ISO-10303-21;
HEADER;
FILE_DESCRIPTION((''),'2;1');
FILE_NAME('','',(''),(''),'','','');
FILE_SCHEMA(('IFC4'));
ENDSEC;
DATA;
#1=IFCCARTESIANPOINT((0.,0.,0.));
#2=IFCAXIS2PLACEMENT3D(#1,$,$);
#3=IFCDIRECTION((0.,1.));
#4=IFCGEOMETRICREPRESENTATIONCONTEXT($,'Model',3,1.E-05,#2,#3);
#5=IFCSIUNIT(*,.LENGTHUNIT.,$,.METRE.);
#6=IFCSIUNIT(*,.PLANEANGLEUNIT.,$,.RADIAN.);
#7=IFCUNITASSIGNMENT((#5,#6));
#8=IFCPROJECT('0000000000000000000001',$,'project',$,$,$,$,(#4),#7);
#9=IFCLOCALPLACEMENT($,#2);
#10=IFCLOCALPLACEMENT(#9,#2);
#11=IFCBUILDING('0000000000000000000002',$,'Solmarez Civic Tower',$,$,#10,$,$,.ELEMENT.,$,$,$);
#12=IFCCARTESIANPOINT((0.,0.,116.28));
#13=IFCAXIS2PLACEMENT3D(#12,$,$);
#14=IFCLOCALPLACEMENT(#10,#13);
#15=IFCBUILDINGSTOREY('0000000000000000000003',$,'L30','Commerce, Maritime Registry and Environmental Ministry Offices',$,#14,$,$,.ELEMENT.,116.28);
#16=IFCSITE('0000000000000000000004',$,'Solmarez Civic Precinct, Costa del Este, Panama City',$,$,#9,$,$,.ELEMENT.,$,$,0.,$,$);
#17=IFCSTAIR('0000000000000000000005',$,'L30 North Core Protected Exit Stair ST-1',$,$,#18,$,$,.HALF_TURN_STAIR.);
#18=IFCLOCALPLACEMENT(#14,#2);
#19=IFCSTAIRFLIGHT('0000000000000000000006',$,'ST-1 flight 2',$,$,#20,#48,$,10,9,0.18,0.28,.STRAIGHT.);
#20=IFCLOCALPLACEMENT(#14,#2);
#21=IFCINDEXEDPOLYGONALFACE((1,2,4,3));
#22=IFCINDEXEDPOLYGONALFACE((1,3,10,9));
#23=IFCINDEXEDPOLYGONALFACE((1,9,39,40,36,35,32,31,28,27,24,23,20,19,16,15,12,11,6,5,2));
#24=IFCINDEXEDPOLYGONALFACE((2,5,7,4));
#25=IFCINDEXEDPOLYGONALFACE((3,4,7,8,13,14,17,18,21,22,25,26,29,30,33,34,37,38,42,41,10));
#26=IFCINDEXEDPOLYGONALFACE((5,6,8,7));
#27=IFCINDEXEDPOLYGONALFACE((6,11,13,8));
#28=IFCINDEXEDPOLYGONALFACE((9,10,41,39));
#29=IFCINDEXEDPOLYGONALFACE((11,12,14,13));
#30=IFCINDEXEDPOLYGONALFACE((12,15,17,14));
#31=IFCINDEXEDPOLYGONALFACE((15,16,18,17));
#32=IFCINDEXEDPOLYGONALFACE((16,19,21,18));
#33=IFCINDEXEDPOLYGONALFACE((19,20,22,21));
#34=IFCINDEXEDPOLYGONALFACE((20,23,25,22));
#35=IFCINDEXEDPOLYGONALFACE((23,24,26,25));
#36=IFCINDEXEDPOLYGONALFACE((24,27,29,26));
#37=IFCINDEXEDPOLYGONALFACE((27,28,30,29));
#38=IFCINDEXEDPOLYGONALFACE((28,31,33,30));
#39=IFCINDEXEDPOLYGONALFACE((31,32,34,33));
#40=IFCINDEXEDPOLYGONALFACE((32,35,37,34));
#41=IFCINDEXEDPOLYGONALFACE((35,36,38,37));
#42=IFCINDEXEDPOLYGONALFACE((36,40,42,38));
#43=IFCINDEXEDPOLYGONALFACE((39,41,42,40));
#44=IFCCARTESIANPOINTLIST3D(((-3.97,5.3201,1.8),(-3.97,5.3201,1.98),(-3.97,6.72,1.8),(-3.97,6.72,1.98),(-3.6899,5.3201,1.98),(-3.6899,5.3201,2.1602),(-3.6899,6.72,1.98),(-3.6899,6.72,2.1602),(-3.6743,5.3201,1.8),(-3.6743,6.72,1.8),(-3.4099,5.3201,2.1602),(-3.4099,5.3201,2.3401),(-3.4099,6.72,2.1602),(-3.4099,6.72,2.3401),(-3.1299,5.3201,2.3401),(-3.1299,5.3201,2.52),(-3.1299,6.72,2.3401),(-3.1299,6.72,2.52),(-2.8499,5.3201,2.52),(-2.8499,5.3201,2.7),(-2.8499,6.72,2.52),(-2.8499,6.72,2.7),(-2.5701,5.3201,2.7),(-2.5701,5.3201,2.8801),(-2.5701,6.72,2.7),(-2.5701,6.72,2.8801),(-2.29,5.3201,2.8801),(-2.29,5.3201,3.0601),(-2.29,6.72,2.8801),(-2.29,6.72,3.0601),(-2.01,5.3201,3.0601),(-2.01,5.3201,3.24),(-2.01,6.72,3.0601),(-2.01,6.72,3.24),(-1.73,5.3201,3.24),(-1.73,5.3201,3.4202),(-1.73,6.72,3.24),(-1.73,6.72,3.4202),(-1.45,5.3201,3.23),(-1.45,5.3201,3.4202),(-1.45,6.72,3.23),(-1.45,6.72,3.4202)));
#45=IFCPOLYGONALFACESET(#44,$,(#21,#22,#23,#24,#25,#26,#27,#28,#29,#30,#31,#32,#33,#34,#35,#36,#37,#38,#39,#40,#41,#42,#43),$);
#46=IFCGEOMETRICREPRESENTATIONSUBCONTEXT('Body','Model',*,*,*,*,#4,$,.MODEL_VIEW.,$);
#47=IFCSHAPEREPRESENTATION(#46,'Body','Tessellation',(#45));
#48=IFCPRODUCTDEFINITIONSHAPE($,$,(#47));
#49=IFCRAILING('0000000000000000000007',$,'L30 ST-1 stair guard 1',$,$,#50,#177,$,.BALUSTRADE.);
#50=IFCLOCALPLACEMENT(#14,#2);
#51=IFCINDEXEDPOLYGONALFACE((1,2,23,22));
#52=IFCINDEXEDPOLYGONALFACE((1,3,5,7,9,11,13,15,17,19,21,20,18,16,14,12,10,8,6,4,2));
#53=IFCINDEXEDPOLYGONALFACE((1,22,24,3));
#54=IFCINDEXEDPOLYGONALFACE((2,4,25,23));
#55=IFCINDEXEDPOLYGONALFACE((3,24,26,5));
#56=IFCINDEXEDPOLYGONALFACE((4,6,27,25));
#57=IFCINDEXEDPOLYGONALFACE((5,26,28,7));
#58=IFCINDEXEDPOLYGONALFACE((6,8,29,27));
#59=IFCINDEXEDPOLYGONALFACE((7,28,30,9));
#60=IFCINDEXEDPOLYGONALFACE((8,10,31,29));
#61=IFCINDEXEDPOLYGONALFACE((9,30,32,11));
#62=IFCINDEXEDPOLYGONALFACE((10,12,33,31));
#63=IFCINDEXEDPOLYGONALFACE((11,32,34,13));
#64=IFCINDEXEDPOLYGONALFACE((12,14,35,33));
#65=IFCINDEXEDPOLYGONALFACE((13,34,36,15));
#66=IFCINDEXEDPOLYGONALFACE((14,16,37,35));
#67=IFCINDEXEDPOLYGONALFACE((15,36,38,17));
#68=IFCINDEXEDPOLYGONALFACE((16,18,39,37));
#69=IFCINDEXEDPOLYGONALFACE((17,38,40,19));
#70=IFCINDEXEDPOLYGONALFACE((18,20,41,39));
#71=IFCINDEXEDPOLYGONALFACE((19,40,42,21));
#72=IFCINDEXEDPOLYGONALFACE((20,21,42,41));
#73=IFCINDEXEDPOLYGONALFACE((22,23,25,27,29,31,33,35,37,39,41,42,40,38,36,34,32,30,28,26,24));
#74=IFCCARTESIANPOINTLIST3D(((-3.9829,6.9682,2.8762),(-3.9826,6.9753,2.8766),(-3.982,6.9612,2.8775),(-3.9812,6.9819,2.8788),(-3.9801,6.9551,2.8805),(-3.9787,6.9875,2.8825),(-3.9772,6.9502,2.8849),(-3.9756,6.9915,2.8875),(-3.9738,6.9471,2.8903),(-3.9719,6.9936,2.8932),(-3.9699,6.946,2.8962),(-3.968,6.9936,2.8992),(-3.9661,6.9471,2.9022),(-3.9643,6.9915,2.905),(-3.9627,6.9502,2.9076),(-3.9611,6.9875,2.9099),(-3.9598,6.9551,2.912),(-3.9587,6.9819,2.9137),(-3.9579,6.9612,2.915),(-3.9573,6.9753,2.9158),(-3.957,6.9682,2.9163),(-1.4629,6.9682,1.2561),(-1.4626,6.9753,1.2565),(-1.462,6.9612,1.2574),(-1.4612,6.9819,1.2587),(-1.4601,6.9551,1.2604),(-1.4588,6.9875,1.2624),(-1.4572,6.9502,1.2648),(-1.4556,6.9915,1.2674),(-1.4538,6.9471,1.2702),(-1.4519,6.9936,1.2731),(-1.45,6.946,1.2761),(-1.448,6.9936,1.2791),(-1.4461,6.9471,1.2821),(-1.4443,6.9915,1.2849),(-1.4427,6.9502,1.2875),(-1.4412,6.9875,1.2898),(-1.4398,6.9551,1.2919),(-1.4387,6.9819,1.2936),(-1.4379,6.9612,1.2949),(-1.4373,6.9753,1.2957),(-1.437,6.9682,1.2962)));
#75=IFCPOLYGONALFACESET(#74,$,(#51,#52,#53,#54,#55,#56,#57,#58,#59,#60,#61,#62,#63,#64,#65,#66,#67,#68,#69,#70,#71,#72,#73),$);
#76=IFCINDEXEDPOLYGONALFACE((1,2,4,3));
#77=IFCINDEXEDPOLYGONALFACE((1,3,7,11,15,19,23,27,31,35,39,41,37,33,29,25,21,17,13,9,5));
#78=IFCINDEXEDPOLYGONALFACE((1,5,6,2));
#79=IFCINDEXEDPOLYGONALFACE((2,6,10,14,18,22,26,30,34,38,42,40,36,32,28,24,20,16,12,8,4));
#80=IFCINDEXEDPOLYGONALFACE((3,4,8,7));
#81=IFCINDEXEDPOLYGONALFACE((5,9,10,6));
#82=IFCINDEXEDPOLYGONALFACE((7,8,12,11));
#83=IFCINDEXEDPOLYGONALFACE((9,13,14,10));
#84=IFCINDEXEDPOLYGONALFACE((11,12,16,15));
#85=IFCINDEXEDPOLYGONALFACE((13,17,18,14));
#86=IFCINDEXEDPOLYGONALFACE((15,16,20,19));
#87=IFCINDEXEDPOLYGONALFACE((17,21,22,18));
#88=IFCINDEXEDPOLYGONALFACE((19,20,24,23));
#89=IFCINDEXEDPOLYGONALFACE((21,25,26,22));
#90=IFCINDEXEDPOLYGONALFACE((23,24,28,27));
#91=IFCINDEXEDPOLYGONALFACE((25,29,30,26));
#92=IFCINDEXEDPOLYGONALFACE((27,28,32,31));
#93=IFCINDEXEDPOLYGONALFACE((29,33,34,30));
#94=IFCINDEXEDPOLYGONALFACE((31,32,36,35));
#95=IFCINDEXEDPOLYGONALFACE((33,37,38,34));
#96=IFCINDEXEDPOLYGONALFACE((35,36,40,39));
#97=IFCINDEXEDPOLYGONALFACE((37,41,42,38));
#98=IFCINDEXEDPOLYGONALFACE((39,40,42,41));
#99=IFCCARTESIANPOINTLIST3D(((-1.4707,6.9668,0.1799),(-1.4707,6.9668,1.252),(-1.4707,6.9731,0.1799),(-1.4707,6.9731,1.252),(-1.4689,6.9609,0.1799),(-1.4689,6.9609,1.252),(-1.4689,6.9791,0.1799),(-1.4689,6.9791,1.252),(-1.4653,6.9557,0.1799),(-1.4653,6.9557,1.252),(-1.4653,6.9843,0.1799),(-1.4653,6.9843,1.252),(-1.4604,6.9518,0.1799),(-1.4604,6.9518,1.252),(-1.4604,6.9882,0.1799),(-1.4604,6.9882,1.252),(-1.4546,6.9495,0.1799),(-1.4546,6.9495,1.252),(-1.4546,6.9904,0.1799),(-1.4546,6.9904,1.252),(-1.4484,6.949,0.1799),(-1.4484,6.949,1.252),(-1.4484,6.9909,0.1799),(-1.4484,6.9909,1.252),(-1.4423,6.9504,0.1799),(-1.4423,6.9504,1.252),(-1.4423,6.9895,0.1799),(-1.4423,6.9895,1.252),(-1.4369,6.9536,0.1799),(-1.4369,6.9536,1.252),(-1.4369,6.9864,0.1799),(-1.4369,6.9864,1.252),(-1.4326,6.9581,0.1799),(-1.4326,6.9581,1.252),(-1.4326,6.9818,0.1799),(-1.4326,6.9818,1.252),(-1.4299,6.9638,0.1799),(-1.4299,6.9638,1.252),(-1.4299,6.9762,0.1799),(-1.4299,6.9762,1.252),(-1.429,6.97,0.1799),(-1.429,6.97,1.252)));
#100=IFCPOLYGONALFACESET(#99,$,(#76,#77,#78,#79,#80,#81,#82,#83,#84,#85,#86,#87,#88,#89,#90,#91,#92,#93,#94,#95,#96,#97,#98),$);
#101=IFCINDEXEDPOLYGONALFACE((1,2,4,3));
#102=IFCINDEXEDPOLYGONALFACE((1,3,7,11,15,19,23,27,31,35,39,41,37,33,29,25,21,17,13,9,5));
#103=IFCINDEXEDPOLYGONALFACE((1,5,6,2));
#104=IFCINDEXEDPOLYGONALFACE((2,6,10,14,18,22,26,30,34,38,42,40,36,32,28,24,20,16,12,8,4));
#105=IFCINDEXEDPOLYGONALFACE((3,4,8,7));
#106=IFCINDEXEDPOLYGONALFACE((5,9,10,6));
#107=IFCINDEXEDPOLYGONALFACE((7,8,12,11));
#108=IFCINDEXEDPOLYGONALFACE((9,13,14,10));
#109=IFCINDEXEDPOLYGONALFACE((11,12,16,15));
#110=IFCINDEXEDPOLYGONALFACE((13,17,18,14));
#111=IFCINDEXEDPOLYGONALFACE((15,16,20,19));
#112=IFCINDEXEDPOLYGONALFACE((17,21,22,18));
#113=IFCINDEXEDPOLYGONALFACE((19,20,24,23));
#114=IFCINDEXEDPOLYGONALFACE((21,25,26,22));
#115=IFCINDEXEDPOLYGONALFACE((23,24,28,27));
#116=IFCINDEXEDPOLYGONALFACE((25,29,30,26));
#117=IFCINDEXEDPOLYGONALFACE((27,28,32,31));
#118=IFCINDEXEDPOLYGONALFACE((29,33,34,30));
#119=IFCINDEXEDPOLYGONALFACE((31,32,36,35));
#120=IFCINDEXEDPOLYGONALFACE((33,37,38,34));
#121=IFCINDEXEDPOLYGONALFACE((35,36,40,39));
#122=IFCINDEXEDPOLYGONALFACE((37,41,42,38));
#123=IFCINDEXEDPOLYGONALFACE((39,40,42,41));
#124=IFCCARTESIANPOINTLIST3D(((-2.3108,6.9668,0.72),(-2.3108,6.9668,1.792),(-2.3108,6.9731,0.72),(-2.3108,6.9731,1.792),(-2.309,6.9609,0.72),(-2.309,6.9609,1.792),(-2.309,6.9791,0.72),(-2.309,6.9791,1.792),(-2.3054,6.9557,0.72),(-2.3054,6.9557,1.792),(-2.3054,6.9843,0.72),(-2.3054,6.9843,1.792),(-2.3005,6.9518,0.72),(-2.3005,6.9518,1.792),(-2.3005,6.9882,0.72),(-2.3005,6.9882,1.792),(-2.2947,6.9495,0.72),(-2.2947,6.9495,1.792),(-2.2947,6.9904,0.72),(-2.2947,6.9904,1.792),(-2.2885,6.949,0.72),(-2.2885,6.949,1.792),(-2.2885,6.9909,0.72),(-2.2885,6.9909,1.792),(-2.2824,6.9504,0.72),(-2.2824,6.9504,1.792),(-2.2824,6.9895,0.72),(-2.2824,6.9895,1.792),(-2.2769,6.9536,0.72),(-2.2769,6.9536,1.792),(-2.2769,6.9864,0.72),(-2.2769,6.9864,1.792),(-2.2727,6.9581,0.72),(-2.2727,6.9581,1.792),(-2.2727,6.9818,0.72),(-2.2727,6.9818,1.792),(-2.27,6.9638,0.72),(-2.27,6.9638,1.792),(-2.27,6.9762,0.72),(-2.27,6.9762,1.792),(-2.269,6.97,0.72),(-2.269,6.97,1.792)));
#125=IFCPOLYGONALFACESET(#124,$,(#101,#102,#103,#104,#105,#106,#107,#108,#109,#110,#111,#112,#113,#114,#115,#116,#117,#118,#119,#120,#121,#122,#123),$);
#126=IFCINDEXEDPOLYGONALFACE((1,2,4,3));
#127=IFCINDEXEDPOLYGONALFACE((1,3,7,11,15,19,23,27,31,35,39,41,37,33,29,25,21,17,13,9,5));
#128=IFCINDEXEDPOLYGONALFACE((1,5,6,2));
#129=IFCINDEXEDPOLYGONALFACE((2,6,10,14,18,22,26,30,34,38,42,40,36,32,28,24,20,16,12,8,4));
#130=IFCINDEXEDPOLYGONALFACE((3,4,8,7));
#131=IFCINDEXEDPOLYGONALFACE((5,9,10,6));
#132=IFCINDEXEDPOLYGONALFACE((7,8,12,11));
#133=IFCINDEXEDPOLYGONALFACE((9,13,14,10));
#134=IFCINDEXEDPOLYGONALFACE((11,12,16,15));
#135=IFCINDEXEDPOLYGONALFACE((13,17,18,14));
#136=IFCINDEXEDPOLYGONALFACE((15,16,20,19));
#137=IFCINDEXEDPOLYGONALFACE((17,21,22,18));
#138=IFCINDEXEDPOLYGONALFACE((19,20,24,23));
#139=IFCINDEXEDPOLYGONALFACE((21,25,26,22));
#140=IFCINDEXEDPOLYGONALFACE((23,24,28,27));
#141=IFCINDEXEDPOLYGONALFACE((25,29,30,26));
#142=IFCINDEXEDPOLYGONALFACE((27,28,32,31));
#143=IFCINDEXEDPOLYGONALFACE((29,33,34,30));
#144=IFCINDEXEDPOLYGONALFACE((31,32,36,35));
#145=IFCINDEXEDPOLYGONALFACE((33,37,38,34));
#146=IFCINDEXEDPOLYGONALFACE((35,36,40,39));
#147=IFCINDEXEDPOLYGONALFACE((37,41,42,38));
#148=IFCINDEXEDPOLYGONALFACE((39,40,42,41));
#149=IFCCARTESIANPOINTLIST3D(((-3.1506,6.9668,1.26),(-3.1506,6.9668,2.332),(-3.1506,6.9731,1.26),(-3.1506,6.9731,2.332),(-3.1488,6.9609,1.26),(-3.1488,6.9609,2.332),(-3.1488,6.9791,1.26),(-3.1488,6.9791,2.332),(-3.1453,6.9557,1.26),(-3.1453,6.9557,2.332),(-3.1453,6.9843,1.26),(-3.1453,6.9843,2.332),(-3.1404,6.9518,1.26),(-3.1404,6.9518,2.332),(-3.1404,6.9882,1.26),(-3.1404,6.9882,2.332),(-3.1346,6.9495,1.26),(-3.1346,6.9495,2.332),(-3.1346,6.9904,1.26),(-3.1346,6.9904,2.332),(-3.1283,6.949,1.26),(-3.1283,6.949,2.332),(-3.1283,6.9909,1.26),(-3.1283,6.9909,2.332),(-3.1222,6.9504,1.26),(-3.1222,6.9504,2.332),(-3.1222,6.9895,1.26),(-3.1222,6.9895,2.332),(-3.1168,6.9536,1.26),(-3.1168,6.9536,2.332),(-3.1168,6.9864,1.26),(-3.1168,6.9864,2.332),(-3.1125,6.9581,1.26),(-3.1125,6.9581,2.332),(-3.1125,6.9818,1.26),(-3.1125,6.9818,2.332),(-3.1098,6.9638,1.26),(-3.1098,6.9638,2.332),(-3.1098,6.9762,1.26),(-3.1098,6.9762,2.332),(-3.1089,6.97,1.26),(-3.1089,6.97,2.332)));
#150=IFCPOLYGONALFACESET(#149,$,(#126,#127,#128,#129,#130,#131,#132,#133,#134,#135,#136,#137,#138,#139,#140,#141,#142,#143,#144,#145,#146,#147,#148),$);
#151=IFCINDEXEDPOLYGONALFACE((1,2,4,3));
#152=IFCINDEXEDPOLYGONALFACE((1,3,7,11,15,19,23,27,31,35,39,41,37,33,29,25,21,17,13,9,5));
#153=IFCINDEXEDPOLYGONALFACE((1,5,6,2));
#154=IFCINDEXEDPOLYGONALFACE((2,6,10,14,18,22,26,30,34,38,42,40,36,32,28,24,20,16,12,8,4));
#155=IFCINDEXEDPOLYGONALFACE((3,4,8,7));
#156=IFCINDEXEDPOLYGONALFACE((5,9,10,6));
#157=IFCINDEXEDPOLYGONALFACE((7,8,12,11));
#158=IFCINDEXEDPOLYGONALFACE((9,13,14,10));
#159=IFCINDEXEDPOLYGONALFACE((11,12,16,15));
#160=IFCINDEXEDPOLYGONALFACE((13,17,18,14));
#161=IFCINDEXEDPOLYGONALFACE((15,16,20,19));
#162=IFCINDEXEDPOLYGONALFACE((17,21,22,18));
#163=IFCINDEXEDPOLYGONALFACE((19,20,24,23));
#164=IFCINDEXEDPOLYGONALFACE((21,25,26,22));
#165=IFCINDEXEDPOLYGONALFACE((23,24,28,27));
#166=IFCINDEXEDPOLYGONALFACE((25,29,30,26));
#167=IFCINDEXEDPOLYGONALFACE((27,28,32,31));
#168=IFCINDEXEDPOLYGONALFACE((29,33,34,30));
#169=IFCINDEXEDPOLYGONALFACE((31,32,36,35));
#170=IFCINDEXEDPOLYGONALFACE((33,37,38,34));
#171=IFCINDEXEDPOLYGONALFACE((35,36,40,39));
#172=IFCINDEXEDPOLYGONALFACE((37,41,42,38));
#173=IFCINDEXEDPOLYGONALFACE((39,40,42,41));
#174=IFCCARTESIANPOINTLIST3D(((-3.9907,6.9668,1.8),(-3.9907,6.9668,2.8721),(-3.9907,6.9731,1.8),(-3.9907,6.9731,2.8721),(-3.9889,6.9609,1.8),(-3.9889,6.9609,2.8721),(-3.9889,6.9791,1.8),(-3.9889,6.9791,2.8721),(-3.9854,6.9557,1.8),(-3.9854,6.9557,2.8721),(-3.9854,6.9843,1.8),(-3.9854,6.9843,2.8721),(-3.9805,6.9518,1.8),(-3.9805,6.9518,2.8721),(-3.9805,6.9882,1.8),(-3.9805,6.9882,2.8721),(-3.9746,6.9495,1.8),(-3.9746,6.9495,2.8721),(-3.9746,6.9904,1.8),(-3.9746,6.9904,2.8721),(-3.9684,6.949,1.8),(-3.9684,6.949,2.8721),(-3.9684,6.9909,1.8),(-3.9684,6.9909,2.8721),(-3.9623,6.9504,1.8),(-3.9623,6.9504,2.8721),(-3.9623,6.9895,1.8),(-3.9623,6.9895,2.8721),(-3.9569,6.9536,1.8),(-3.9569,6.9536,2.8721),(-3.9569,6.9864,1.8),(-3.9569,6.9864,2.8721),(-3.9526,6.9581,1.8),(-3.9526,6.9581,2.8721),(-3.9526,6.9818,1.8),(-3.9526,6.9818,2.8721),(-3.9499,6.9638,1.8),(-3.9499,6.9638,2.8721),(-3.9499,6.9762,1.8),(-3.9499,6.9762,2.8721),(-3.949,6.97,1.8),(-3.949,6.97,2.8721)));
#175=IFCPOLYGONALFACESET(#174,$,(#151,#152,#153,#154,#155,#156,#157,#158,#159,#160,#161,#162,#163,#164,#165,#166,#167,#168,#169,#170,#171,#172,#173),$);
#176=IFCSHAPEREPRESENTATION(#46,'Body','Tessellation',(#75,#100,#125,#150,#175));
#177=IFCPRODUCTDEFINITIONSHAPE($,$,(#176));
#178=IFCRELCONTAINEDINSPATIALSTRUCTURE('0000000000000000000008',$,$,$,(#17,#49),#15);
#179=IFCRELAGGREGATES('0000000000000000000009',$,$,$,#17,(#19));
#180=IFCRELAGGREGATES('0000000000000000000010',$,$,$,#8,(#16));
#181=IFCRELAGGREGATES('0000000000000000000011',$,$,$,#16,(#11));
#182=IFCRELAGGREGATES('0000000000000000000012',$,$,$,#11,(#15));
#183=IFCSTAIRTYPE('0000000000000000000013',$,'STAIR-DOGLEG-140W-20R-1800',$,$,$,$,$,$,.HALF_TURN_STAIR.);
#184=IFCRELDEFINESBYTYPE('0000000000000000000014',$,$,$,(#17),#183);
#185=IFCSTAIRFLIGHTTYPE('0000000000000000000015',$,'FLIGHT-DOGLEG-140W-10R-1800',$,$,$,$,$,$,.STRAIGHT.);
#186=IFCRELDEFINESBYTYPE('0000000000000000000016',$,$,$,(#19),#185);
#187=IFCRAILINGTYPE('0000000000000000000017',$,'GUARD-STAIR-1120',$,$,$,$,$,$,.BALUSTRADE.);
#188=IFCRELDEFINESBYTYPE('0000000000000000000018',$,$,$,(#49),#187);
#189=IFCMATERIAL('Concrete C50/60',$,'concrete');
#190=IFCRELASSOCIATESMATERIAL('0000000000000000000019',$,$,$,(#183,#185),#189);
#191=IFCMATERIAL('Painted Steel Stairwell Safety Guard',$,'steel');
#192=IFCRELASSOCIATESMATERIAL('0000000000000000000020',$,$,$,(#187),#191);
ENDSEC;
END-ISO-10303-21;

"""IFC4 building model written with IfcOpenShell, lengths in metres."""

from ifc_helpers import new_model, si_unit, direction, frame, origin, origin_2d, place, context, subcontext, project, spatial, polyline, circle, outline, extrude, material, type_object, element, aggregate, save


model = new_model("IFC4")

# Units and contexts
model_context = context("Model", 3, precision=1e-05, world=origin(), true_north=direction((0.0, 1.0)))
body_context = subcontext(model_context, "Body", "Model", "MODEL_VIEW")
ifc_project = project(units=[si_unit("LENGTHUNIT", "METRE"), si_unit("PLANEANGLEUNIT", "RADIAN")], contexts=[model_context])

# Site, building, storey
site_placement = place(None, origin())
site = spatial("IfcSite", under=ifc_project, at=site_placement, Name="Solmarez Civic Precinct, Costa del Este, Panama City", CompositionType="ELEMENT", RefElevation=0.0)
building_placement = place(site_placement, origin())
building = spatial("IfcBuilding", under=site, at=building_placement, Name="Solmarez Civic Tower", CompositionType="ELEMENT")
storey_placement = place(building_placement, frame((0.0, 0.0, 116.28)))
storey = spatial("IfcBuildingStorey", under=building, at=storey_placement, Name="L30", Description="Commerce, Maritime Registry and Environmental Ministry Offices", CompositionType="ELEMENT", Elevation=116.28)

# Shared definitions
ifc_material_1 = material(Name="Concrete C50/60", Category="concrete")

# Stair, stair flight
stair_type = type_object("IfcStairType", Name="STAIR-DOGLEG-140W-20R-1800", PredefinedType="HALF_TURN_STAIR", material=ifc_material_1)
stair_placement = place(storey_placement, origin())
stair = element("IfcStair", 1, at=stair_placement, inside=storey, type_object=stair_type, Name="L30 North Core Protected Exit Stair ST-1", PredefinedType="HALF_TURN_STAIR")
stair_flight_type = type_object("IfcStairFlightType", Name="FLIGHT-DOGLEG-140W-10R-1800", PredefinedType="STRAIGHT", material=ifc_material_1)
stair_flight_1_placement = place(storey_placement, frame((-3.97, 6.02, 1.8), z_axis=(0.0, 0.0, 1.0), x_axis=(1.0, 0.0, 0.0)))
stair_flight_1 = element("IfcStairFlight", 2, at=stair_flight_1_placement, type_object=stair_flight_type, Name="ST-1 flight 2", NumberOfRisers=10, NumberOfTreads=9, PredefinedType="STRAIGHT", RiserHeight=0.18, TreadLength=0.28, context=body_context, shape_type="SweptSolid", body=[
    extrude(outline(polyline([(0.0, 0.0), (0.0, 0.1799), (0.28, 0.1799), (0.28, 0.3601), (0.5601, 0.3601), (0.5601, 0.54), (0.8401, 0.54), (0.8401, 0.72), (1.1201, 0.72), (1.1201, 0.8999), (1.3999, 0.8999), (1.3999, 1.0801), (1.6799, 1.0801), (1.6799, 1.26), (1.96, 1.26), (1.96, 1.4399), (2.24, 1.4399), (2.24, 1.6201), (2.52, 1.6201), (2.52, 1.8), (2.52, 1.4299), (0.2957, 0.0), (0.0, 0.0)])), frame((0.0, 0.7, 0.0), z_axis=(0.0, -1.0, 0.0), x_axis=(1.0, 0.0, 0.0)), (0.0, 0.0, 1.0), 1.3999),
])
aggregate(stair, [stair_flight_1])

# Railing
ifc_material_2 = material(Name="Painted Steel Stairwell Safety Guard", Category="steel")
railing_type_1 = type_object("IfcRailingType", Name="GUARD-STAIR-1120", PredefinedType="BALUSTRADE", material=ifc_material_2)
railing_1_placement = place(storey_placement, frame((-1.45, 6.97, 0.1799)))
element("IfcRailing", 3, at=railing_1_placement, inside=storey, type_object=railing_type_1, Name="L30 ST-1 stair guard 1", PredefinedType="BALUSTRADE", context=body_context, shape_type="SweptSolid", body=[
    extrude(circle(Radius=0.0239, at=origin_2d()), frame((0.0, 0.0, 1.0962), z_axis=(-0.841163, 0.0, 0.540782), x_axis=(0.0, -1.0, 0.0)), (0.0, 0.0, 1.0), 2.9958),
    extrude(circle(Radius=0.021, at=origin_2d()), origin(), (0.0, 0.0, 1.0), 1.072),
    extrude(circle(Radius=0.021, at=origin_2d()), frame((-0.8401, 0.0, 0.54)), (0.0, 0.0, 1.0), 1.072),
    extrude(circle(Radius=0.021, at=origin_2d()), frame((-1.6799, 0.0, 1.0801)), (0.0, 0.0, 1.0), 1.072),
    extrude(circle(Radius=0.021, at=origin_2d()), frame((-2.52, 0.0, 1.6201)), (0.0, 0.0, 1.0), 1.072),
])

save(model, "model.ifc")
